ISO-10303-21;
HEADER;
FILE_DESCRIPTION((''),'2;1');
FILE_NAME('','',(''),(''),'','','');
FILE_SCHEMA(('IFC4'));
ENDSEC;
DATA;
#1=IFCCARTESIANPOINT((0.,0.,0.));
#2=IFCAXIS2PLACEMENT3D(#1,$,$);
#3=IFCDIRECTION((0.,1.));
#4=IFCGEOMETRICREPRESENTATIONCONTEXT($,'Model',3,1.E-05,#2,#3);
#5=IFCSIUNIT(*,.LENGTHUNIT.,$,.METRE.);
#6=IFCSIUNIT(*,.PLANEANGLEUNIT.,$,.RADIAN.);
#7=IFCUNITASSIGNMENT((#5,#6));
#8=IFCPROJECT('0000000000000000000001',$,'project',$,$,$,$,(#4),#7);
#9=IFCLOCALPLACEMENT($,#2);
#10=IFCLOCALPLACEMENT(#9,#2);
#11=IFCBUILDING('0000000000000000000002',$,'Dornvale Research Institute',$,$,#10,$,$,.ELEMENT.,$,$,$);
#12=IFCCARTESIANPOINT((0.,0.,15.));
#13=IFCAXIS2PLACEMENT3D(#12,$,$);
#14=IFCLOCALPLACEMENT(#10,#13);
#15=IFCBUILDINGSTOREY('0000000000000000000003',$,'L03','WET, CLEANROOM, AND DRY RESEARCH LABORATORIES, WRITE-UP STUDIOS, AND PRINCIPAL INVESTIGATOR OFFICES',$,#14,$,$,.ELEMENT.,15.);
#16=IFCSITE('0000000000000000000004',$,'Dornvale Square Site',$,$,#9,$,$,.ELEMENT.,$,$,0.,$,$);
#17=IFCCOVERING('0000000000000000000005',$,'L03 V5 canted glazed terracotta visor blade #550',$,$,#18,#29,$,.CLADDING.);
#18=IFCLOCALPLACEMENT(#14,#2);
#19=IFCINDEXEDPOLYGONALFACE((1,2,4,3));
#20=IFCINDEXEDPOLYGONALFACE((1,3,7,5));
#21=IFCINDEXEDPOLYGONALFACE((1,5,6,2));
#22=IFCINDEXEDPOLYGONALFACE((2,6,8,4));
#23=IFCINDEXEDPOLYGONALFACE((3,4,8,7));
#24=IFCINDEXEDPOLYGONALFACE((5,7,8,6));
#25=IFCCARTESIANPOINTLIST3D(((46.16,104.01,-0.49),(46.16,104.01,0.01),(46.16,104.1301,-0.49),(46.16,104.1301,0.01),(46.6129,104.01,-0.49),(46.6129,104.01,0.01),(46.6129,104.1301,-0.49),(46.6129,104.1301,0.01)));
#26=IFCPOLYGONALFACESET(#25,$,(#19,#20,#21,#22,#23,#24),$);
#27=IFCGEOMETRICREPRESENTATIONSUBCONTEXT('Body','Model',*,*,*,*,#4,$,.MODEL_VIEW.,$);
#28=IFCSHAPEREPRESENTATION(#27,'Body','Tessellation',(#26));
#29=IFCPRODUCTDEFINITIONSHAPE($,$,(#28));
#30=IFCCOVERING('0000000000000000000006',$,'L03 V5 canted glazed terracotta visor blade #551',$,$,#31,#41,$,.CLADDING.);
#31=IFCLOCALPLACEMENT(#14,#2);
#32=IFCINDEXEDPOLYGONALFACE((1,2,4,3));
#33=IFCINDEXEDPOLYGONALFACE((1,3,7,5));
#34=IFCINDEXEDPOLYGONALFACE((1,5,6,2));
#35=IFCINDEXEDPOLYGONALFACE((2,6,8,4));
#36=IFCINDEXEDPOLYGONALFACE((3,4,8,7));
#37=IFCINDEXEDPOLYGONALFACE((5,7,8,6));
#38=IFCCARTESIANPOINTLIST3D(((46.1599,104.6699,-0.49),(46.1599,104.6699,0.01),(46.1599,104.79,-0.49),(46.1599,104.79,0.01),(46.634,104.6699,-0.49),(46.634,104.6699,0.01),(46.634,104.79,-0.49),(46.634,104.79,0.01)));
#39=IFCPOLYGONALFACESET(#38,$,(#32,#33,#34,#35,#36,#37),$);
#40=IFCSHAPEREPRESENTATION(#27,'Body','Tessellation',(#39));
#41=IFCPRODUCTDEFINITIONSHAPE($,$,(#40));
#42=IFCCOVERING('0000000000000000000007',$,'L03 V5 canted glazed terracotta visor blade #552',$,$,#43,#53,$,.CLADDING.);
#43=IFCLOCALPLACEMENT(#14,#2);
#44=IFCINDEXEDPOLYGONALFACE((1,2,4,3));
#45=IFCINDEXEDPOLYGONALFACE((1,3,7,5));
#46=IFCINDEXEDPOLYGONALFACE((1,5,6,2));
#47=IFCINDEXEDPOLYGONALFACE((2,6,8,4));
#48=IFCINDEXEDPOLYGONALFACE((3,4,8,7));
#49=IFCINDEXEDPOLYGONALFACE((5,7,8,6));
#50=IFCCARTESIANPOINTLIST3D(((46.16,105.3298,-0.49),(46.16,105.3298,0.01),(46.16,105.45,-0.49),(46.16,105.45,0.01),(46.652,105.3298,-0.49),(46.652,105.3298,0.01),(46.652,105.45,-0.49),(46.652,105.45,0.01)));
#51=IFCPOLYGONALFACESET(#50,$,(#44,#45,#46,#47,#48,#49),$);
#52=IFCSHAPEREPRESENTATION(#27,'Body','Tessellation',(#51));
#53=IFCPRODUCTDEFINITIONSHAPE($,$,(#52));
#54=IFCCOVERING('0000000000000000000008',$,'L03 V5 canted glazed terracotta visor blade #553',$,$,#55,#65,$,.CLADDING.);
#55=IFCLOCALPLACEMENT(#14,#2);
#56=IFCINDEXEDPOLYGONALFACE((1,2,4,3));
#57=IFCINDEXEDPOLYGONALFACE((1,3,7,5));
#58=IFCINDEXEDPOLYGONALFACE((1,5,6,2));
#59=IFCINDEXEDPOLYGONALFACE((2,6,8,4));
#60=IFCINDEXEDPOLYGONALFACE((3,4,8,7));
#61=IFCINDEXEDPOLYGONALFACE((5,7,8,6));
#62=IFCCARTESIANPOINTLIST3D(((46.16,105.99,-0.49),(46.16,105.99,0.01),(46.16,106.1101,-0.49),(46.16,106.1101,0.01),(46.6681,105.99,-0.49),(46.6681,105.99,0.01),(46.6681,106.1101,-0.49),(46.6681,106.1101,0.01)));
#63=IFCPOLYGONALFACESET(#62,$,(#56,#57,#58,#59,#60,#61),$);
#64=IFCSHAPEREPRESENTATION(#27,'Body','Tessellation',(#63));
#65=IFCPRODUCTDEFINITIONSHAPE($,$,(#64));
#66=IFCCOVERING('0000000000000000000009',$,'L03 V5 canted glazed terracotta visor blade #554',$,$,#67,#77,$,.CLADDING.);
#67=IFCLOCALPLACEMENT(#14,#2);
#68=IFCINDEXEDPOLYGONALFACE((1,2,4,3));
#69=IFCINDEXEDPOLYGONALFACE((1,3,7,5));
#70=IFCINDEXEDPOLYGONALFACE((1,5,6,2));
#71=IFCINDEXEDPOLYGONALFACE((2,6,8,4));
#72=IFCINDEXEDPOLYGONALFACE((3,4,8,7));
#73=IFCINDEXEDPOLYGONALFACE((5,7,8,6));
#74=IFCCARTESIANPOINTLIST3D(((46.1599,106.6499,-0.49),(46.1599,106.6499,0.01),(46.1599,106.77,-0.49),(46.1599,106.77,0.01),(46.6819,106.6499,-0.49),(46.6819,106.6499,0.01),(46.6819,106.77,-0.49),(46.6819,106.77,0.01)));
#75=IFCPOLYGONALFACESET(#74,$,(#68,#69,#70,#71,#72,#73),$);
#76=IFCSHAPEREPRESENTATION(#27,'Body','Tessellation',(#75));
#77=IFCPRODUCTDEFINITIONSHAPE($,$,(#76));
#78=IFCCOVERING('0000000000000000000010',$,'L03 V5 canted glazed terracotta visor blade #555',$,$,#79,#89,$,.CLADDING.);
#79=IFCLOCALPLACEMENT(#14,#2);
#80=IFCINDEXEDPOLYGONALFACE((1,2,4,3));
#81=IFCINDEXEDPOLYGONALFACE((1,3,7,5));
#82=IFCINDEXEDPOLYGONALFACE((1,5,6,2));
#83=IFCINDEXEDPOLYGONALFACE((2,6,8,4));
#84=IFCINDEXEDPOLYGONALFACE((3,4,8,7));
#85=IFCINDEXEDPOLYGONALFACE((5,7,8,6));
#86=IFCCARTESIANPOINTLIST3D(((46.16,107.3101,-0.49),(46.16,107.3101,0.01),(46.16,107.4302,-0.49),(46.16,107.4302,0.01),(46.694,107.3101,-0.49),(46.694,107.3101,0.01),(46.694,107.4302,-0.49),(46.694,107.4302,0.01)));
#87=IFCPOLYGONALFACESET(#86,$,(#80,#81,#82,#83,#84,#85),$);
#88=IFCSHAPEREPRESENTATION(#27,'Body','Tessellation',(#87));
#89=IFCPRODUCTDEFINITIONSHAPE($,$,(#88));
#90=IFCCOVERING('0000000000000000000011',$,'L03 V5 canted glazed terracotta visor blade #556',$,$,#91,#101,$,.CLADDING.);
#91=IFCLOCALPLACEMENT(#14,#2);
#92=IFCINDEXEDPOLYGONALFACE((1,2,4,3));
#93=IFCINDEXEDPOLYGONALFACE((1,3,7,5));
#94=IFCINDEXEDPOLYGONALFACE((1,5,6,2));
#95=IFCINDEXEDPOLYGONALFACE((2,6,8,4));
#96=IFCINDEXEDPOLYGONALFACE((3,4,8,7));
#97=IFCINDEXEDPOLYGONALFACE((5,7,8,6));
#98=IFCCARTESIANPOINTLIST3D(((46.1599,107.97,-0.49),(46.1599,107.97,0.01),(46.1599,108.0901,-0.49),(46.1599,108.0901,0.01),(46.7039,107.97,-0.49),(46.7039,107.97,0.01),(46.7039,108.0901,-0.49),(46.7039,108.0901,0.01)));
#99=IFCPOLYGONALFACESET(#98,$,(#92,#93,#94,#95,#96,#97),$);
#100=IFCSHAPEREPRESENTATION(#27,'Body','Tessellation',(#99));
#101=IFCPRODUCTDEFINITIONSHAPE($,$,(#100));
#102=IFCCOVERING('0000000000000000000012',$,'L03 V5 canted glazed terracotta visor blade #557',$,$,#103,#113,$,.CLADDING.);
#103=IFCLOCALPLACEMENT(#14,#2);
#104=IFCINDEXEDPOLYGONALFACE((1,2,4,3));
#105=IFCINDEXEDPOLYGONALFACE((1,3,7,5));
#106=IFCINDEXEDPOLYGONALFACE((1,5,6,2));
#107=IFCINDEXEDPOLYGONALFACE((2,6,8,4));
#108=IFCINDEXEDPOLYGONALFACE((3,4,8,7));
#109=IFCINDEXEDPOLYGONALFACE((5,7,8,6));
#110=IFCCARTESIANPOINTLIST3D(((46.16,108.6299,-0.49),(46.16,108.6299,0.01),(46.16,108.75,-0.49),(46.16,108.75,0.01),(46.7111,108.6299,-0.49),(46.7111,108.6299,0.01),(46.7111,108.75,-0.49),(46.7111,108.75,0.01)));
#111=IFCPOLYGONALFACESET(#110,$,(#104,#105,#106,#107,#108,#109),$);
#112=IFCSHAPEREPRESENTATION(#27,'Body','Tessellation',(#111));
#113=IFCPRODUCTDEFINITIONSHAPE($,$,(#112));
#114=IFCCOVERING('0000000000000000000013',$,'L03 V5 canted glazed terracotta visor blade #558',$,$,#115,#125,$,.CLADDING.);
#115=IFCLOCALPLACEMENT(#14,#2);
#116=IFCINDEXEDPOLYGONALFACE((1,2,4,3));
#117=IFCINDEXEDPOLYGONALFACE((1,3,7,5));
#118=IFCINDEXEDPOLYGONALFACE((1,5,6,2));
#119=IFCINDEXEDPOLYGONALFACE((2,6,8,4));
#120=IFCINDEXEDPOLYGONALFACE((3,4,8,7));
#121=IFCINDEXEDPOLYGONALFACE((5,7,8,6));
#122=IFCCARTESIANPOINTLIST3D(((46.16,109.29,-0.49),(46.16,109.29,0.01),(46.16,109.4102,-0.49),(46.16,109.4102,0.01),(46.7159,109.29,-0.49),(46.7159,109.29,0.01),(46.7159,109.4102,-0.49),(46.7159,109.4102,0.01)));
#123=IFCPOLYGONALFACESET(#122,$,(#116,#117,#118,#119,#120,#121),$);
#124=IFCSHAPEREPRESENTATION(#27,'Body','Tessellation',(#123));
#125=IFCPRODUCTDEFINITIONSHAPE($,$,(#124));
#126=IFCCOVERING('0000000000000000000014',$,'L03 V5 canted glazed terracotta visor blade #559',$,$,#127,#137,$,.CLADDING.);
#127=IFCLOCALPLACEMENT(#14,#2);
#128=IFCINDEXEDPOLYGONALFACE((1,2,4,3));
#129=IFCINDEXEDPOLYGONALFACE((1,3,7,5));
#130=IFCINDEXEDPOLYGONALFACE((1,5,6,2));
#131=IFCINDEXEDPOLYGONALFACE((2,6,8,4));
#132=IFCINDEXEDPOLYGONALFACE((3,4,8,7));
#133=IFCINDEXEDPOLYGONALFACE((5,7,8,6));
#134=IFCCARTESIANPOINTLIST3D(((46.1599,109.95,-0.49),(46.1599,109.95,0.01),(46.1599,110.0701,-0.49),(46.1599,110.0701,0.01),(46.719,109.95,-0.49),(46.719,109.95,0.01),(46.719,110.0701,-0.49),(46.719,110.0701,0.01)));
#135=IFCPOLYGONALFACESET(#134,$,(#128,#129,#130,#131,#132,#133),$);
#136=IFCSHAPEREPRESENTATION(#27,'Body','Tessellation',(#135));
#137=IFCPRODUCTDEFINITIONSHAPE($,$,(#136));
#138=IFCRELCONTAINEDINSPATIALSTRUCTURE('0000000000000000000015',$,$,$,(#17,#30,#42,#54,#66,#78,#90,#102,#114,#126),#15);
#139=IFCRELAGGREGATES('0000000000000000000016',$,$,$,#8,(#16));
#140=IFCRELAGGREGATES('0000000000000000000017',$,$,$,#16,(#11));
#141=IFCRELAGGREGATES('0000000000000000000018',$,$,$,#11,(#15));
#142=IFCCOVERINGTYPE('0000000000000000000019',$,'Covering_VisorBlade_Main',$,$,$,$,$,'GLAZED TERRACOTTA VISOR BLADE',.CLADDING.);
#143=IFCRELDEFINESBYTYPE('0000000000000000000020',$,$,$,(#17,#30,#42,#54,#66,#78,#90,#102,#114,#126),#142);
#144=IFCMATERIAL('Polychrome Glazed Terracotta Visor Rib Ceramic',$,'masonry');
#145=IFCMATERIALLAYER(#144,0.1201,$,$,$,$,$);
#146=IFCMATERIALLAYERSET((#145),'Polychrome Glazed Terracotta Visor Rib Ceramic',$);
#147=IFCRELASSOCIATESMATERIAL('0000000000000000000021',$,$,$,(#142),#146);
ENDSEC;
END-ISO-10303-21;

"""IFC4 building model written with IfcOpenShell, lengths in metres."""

from ifc_helpers import new_model, si_unit, direction, frame, origin, origin_2d, place, context, subcontext, project, spatial, rectangle, extrude, material, layer, layer_set, type_object, element, save


model = new_model("IFC4")

# Units and contexts
model_context = context("Model", 3, precision=1e-05, world=origin(), true_north=direction((0.0, 1.0)))
body_context = subcontext(model_context, "Body", "Model", "MODEL_VIEW")
ifc_project = project(units=[si_unit("LENGTHUNIT", "METRE"), si_unit("PLANEANGLEUNIT", "RADIAN")], contexts=[model_context])

# Site, building, storey
site_placement = place(None, origin())
site = spatial("IfcSite", under=ifc_project, at=site_placement, Name="Dornvale Square Site", CompositionType="ELEMENT", RefElevation=0.0)
building_placement = place(site_placement, origin())
building = spatial("IfcBuilding", under=site, at=building_placement, Name="Dornvale Research Institute", CompositionType="ELEMENT")
storey_placement = place(building_placement, frame((0.0, 0.0, 15.0)))
storey = spatial("IfcBuildingStorey", under=building, at=storey_placement, Name="L03", Description="WET, CLEANROOM, AND DRY RESEARCH LABORATORIES, WRITE-UP STUDIOS, AND PRINCIPAL INVESTIGATOR OFFICES", CompositionType="ELEMENT", Elevation=15.0)

# Coverings
ifc_material_1 = material(Name="Polychrome Glazed Terracotta Visor Rib Ceramic", Category="masonry")
ifc_layer_1 = layer(ifc_material_1, 0.1201)
ifc_layer_set_1 = layer_set([ifc_layer_1], Name="Polychrome Glazed Terracotta Visor Rib Ceramic")
covering_type = type_object("IfcCoveringType", Name="Covering_VisorBlade_Main", ElementType="GLAZED TERRACOTTA VISOR BLADE", PredefinedType="CLADDING", material=ifc_layer_set_1)
covering_1_placement = place(storey_placement, frame((46.3865, 104.0701, -0.49), z_axis=(0.0, 0.0, 1.0), x_axis=(1.0, 0.0, 0.0)))
element("IfcCovering", 1, at=covering_1_placement, inside=storey, type_object=covering_type, Name="L03 V5 canted glazed terracotta visor blade #550", PredefinedType="CLADDING", context=body_context, shape_type="SweptSolid", body=[
    extrude(rectangle(XDim=0.4529, YDim=0.1201, at=origin_2d()), origin(), (0.0, 0.0, 1.0), 0.5),
])
covering_2_placement = place(storey_placement, frame((46.397, 104.73, -0.49), z_axis=(0.0, 0.0, 1.0), x_axis=(1.0, 0.0, 0.0)))
element("IfcCovering", 2, at=covering_2_placement, inside=storey, type_object=covering_type, Name="L03 V5 canted glazed terracotta visor blade #551", PredefinedType="CLADDING", context=body_context, shape_type="SweptSolid", body=[
    extrude(rectangle(XDim=0.4741, YDim=0.1201, at=origin_2d()), origin(), (0.0, 0.0, 1.0), 0.5),
])
covering_3_placement = place(storey_placement, frame((46.406, 105.3899, -0.49), z_axis=(0.0, 0.0, 1.0), x_axis=(1.0, 0.0, 0.0)))
element("IfcCovering", 3, at=covering_3_placement, inside=storey, type_object=covering_type, Name="L03 V5 canted glazed terracotta visor blade #552", PredefinedType="CLADDING", context=body_context, shape_type="SweptSolid", body=[
    extrude(rectangle(XDim=0.4919, YDim=0.1201, at=origin_2d()), origin(), (0.0, 0.0, 1.0), 0.5),
])
covering_4_placement = place(storey_placement, frame((46.4141, 106.05, -0.49), z_axis=(0.0, 0.0, 1.0), x_axis=(1.0, 0.0, 0.0)))
element("IfcCovering", 4, at=covering_4_placement, inside=storey, type_object=covering_type, Name="L03 V5 canted glazed terracotta visor blade #553", PredefinedType="CLADDING", context=body_context, shape_type="SweptSolid", body=[
    extrude(rectangle(XDim=0.5081, YDim=0.1201, at=origin_2d()), origin(), (0.0, 0.0, 1.0), 0.5),
])
covering_5_placement = place(storey_placement, frame((46.4209, 106.71, -0.49), z_axis=(0.0, 0.0, 1.0), x_axis=(1.0, 0.0, 0.0)))
element("IfcCovering", 5, at=covering_5_placement, inside=storey, type_object=covering_type, Name="L03 V5 canted glazed terracotta visor blade #554", PredefinedType="CLADDING", context=body_context, shape_type="SweptSolid", body=[
    extrude(rectangle(XDim=0.522, YDim=0.1201, at=origin_2d()), origin(), (0.0, 0.0, 1.0), 0.5),
])
covering_6_placement = place(storey_placement, frame((46.427, 107.3701, -0.49), z_axis=(0.0, 0.0, 1.0), x_axis=(1.0, 0.0, 0.0)))
element("IfcCovering", 6, at=covering_6_placement, inside=storey, type_object=covering_type, Name="L03 V5 canted glazed terracotta visor blade #555", PredefinedType="CLADDING", context=body_context, shape_type="SweptSolid", body=[
    extrude(rectangle(XDim=0.5339, YDim=0.1201, at=origin_2d()), origin(), (0.0, 0.0, 1.0), 0.5),
])
covering_7_placement = place(storey_placement, frame((46.4319, 108.03, -0.49), z_axis=(0.0, 0.0, 1.0), x_axis=(1.0, 0.0, 0.0)))
element("IfcCovering", 7, at=covering_7_placement, inside=storey, type_object=covering_type, Name="L03 V5 canted glazed terracotta visor blade #556", PredefinedType="CLADDING", context=body_context, shape_type="SweptSolid", body=[
    extrude(rectangle(XDim=0.5439, YDim=0.1201, at=origin_2d()), origin(), (0.0, 0.0, 1.0), 0.5),
])
covering_8_placement = place(storey_placement, frame((46.4355, 108.6899, -0.49), z_axis=(0.0, 0.0, 1.0), x_axis=(1.0, 0.0, 0.0)))
element("IfcCovering", 8, at=covering_8_placement, inside=storey, type_object=covering_type, Name="L03 V5 canted glazed terracotta visor blade #557", PredefinedType="CLADDING", context=body_context, shape_type="SweptSolid", body=[
    extrude(rectangle(XDim=0.551, YDim=0.1201, at=origin_2d()), origin(), (0.0, 0.0, 1.0), 0.5),
])
covering_9_placement = place(storey_placement, frame((46.438, 109.3501, -0.49), z_axis=(0.0, 0.0, 1.0), x_axis=(1.0, 0.0, 0.0)))
element("IfcCovering", 9, at=covering_9_placement, inside=storey, type_object=covering_type, Name="L03 V5 canted glazed terracotta visor blade #558", PredefinedType="CLADDING", context=body_context, shape_type="SweptSolid", body=[
    extrude(rectangle(XDim=0.5559, YDim=0.1201, at=origin_2d()), origin(), (0.0, 0.0, 1.0), 0.5),
])
covering_10_placement = place(storey_placement, frame((46.4395, 110.01, -0.49), z_axis=(0.0, 0.0, 1.0), x_axis=(1.0, 0.0, 0.0)))
element("IfcCovering", 10, at=covering_10_placement, inside=storey, type_object=covering_type, Name="L03 V5 canted glazed terracotta visor blade #559", PredefinedType="CLADDING", context=body_context, shape_type="SweptSolid", body=[
    extrude(rectangle(XDim=0.5591, YDim=0.1201, at=origin_2d()), origin(), (0.0, 0.0, 1.0), 0.5),
])

save(model, "model.ifc")
